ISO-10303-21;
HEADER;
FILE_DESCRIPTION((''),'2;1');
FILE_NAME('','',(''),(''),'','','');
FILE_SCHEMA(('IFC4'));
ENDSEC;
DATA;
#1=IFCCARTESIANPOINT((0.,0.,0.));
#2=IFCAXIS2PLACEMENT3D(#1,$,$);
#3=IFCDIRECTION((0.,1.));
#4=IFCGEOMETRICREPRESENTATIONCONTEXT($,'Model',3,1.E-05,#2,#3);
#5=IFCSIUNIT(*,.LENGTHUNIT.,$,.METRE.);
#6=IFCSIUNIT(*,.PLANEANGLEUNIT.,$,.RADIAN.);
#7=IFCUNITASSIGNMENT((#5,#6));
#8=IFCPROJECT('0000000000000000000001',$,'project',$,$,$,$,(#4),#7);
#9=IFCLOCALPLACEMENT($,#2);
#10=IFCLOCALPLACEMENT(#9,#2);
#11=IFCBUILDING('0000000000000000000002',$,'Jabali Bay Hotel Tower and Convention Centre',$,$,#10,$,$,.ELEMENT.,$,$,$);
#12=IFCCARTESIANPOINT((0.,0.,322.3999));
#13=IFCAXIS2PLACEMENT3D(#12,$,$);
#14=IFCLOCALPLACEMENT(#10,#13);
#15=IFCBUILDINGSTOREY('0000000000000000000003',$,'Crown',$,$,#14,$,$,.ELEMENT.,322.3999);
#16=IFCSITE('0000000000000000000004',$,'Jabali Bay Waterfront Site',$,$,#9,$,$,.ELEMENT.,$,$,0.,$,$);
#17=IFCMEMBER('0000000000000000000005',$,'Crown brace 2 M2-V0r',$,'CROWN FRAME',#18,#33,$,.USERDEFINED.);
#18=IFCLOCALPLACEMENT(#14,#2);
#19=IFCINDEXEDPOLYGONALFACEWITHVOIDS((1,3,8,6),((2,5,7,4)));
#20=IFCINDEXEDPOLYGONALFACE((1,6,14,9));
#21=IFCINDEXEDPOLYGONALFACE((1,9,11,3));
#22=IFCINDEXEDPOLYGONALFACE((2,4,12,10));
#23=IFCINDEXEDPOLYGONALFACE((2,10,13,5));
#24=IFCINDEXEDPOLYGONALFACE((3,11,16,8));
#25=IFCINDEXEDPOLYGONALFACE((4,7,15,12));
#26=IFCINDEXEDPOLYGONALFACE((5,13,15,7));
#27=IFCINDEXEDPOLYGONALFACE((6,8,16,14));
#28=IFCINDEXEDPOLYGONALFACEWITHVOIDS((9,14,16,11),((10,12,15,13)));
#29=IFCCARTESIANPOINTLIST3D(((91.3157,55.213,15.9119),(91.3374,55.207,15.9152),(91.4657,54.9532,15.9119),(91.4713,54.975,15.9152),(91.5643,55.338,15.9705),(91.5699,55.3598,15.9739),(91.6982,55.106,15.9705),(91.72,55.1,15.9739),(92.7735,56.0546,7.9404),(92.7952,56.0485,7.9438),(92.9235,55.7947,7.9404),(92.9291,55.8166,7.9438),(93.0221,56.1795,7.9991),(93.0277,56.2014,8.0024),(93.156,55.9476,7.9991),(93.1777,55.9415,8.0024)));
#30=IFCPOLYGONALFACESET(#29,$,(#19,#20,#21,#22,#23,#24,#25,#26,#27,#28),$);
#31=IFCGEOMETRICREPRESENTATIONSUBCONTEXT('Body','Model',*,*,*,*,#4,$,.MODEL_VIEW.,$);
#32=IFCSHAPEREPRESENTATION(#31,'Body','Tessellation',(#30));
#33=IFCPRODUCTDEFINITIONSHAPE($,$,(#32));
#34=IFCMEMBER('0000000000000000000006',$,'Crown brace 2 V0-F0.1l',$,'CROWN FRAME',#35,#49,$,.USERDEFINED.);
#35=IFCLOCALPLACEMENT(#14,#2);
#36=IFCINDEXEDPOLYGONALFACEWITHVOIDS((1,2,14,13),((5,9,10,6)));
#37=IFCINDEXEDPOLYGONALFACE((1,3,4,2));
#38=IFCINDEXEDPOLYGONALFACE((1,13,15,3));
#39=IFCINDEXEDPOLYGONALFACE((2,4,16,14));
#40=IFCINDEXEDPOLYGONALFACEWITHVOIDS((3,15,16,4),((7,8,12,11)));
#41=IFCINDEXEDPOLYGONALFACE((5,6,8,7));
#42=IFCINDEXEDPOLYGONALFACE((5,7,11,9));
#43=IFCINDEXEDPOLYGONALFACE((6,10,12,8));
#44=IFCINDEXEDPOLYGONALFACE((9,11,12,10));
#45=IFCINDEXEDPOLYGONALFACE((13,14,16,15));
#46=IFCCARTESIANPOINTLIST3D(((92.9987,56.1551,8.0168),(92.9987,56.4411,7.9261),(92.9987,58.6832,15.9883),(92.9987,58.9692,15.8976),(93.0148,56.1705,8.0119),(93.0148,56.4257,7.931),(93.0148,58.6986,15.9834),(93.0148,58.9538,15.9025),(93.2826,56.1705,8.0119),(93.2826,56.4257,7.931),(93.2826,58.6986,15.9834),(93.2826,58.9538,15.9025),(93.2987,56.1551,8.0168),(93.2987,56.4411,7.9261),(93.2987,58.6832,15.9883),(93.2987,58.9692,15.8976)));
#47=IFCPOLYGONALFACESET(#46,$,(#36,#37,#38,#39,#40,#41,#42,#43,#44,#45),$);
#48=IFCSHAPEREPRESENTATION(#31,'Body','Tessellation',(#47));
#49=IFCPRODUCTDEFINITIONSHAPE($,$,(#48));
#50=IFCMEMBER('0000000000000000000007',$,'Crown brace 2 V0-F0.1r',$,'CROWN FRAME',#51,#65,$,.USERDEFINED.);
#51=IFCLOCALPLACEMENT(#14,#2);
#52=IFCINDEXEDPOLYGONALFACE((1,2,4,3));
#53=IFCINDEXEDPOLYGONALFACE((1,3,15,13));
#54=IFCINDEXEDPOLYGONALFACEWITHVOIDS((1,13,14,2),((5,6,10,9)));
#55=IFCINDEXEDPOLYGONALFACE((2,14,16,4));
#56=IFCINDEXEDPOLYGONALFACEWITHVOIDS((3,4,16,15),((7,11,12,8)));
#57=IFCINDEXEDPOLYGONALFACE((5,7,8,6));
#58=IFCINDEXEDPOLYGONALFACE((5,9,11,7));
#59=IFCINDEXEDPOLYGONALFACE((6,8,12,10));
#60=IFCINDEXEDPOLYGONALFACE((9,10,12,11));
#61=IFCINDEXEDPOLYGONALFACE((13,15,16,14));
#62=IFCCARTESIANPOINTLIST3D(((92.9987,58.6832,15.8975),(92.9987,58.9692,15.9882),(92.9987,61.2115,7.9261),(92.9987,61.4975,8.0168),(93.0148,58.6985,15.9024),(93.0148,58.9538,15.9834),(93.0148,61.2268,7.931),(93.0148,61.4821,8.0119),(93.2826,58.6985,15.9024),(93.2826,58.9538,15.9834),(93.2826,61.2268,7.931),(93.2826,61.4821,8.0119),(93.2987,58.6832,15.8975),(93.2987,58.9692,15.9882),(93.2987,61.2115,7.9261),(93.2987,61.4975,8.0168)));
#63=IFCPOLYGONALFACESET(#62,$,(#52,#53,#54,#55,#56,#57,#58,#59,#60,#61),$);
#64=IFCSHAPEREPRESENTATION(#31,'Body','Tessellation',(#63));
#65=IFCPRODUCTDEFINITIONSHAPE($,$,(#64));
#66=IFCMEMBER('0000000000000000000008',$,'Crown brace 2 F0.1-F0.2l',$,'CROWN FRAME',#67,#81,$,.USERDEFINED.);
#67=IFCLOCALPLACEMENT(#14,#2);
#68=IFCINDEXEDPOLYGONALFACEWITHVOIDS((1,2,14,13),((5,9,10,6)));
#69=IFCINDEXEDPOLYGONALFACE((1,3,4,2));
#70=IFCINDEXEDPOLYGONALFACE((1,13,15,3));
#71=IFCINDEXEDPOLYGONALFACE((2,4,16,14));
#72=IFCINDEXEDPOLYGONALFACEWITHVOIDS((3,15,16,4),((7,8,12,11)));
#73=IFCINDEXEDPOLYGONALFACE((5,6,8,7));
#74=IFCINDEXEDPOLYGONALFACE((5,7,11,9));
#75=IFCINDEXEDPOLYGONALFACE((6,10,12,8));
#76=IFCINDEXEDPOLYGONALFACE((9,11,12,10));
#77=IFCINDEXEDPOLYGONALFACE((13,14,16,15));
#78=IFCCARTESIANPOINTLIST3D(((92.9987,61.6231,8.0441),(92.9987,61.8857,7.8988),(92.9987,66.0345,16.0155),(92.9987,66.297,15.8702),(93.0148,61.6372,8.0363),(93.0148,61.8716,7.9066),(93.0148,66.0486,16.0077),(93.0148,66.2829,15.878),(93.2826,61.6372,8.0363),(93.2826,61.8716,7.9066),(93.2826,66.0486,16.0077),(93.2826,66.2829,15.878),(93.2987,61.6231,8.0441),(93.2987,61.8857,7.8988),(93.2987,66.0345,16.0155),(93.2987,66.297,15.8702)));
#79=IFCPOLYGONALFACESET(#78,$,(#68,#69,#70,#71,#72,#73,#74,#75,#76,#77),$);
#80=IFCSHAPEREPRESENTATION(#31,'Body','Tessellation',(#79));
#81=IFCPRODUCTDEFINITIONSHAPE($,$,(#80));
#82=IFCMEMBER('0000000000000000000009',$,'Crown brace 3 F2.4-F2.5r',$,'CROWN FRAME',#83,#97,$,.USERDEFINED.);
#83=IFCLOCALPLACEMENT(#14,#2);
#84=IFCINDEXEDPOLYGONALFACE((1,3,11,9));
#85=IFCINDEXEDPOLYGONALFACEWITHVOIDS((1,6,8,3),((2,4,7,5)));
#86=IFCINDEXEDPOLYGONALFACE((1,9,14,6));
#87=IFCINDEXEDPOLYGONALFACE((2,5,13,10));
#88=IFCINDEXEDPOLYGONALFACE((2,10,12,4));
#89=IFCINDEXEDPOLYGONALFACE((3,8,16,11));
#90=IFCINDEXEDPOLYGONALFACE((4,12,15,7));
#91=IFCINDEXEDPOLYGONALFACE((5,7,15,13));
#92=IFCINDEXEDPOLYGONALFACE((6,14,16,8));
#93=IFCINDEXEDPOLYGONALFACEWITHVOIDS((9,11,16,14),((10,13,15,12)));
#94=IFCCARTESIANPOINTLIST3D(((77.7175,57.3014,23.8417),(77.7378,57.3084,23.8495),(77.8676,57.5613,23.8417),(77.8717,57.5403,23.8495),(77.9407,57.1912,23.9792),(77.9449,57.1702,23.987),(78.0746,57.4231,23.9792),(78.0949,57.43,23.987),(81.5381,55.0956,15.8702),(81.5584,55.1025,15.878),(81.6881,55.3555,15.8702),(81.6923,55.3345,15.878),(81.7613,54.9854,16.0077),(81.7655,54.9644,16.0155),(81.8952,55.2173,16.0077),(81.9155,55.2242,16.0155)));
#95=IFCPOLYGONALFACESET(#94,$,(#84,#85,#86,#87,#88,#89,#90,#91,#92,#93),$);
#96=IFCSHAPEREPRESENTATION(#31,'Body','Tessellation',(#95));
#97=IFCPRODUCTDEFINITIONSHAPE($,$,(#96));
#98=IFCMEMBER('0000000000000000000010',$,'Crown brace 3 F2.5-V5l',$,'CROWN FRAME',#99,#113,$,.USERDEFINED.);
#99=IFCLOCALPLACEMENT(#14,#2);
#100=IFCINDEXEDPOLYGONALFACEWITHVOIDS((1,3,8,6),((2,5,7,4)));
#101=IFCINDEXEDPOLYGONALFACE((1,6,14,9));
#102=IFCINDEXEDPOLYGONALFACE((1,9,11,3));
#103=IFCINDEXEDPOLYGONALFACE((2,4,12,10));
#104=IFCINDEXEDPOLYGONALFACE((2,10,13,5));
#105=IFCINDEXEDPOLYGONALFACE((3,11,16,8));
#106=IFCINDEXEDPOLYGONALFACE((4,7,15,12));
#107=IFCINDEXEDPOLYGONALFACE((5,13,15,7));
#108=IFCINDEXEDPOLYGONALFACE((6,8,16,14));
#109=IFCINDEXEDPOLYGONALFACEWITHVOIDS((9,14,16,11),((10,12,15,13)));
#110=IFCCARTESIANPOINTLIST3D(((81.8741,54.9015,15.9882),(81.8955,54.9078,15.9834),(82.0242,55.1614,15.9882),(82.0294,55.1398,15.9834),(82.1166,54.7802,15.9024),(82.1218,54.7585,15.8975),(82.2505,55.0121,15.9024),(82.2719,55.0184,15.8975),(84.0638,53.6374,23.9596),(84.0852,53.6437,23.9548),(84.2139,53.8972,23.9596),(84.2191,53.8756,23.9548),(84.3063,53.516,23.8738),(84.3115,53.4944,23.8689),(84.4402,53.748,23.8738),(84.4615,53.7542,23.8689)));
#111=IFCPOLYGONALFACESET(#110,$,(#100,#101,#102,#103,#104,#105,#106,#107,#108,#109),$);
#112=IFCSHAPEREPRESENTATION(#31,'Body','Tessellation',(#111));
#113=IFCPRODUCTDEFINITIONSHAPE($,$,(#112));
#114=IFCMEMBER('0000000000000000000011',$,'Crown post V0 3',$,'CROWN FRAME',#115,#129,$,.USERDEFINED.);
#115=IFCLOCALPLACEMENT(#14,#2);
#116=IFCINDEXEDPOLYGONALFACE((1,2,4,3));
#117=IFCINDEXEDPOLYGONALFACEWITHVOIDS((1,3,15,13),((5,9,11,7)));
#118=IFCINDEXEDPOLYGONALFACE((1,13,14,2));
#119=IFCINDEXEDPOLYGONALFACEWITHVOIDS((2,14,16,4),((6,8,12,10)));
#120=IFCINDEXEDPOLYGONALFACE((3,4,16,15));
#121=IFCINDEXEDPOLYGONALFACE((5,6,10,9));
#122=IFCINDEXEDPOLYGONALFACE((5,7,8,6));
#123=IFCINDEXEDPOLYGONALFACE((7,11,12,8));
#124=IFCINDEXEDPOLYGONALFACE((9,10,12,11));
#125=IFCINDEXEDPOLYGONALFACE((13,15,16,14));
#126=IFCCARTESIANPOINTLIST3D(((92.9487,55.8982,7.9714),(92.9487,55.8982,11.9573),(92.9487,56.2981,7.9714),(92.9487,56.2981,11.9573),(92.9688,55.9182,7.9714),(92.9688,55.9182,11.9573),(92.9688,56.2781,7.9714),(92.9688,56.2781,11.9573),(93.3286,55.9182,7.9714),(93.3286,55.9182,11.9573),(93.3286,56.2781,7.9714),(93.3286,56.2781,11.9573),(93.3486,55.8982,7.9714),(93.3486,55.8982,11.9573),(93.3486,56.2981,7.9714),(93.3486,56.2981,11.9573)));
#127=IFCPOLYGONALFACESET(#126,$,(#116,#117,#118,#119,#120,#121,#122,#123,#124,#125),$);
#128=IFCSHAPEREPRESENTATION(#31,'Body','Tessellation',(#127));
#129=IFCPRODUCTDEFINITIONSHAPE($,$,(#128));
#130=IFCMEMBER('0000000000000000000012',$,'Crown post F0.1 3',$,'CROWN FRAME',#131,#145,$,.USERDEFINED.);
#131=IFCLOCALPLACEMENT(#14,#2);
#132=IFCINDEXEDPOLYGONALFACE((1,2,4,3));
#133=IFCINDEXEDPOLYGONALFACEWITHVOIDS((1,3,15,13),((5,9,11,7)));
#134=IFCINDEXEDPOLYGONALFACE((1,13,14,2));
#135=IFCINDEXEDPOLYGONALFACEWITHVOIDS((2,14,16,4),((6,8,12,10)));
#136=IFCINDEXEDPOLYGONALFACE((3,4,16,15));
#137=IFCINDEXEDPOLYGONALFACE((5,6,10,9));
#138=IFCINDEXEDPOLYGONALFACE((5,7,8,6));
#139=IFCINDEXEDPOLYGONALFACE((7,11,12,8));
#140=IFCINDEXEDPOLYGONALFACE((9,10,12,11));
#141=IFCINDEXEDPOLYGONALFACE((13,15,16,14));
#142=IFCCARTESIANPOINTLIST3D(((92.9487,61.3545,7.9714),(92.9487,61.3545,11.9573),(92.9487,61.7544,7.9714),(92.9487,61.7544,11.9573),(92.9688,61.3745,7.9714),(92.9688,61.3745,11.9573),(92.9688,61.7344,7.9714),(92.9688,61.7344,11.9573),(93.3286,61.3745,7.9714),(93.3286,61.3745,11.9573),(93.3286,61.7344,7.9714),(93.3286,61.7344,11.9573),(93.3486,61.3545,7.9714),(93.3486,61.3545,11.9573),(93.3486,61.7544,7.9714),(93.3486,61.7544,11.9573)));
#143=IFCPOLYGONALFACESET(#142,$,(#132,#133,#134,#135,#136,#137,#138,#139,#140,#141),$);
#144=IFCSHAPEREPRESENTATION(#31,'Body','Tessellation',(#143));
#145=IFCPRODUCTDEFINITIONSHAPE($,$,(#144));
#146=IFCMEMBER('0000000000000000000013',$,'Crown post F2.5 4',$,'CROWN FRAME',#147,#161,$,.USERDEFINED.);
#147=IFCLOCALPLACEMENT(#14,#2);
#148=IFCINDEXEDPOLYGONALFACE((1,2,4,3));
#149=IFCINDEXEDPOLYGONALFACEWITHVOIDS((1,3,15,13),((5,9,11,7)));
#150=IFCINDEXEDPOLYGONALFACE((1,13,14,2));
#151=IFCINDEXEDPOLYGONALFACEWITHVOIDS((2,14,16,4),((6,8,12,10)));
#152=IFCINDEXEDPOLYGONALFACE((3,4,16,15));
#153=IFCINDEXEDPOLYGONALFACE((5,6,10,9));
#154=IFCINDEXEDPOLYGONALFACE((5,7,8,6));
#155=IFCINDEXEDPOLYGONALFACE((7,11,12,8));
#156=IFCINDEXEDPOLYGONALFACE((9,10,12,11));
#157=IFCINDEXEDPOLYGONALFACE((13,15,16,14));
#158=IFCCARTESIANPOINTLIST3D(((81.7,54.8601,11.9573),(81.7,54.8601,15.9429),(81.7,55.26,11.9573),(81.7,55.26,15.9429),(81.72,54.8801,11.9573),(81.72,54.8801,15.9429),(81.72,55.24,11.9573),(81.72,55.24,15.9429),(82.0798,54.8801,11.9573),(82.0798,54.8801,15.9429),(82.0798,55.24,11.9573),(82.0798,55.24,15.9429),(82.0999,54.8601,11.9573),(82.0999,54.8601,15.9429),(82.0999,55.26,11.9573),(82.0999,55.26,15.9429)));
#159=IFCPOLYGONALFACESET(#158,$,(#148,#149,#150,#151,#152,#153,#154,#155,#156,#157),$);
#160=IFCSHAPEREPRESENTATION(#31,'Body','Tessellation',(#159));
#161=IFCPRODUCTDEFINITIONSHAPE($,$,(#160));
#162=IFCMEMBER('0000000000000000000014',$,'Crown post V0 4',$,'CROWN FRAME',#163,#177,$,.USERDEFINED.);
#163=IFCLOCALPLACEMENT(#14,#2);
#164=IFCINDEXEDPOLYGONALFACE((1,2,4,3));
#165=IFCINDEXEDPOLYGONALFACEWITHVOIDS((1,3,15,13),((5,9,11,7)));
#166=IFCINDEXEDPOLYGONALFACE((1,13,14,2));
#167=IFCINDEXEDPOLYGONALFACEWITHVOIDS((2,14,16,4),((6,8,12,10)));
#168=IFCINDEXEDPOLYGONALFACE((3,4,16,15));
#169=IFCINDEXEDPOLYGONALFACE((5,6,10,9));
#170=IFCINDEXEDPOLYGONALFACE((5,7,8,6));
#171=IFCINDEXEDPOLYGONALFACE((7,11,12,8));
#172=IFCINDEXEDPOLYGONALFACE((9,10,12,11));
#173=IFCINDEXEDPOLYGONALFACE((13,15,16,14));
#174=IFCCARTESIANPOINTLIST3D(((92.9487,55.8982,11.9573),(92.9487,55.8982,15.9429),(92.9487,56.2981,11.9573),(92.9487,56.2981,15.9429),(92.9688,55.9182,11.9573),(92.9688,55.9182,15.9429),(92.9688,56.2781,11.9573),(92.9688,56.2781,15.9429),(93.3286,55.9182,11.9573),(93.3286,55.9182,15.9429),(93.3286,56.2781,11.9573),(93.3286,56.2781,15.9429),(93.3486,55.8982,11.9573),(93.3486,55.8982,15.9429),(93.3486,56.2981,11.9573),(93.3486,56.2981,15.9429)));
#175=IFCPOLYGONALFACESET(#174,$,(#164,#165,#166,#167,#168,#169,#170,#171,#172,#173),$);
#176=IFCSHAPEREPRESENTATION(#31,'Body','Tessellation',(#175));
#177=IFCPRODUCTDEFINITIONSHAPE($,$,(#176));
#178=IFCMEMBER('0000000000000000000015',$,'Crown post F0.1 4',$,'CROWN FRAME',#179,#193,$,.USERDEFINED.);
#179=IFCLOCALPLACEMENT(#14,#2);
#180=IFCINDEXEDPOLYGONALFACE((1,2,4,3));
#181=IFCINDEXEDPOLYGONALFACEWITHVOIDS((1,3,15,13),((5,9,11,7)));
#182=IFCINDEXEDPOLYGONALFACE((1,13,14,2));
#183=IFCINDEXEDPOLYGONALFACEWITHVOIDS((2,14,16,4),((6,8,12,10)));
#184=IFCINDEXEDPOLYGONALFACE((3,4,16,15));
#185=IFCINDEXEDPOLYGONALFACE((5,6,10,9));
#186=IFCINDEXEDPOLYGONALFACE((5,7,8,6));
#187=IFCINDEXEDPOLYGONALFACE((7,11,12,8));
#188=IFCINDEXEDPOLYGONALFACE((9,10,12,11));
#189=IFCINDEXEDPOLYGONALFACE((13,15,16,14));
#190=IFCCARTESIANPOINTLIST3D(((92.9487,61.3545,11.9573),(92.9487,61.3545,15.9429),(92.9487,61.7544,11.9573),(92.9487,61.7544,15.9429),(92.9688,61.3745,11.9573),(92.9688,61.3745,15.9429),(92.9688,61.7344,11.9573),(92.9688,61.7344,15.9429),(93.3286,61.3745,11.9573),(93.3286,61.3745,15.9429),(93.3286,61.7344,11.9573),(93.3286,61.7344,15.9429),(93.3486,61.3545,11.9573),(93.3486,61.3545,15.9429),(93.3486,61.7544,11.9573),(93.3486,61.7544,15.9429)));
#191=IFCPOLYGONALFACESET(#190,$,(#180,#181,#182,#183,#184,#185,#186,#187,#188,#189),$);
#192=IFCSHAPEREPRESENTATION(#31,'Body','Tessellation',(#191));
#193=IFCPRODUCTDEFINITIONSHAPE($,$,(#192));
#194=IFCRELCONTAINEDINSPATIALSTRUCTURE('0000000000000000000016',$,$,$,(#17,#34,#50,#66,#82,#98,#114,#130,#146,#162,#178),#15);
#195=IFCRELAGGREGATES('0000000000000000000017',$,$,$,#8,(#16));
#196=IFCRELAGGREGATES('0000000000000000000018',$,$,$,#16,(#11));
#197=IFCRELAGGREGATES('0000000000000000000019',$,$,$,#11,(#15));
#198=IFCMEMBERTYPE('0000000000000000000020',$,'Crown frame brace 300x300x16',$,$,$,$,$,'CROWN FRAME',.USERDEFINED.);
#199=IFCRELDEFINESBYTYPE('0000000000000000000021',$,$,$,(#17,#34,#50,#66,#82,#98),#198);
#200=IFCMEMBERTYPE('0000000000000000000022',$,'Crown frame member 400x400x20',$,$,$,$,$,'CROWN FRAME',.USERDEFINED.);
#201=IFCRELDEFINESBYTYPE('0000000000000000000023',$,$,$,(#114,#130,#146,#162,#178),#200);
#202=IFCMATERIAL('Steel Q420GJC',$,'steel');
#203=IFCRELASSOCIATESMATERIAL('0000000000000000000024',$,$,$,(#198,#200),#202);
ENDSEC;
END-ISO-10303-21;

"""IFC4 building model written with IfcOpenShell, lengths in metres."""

from ifc_helpers import new_model, si_unit, direction, frame, origin, origin_2d, place, context, subcontext, project, spatial, hollow_rectangle, extrude, material, material_profile, profile_set, type_object, element, save


model = new_model("IFC4")

# Units and contexts
model_context = context("Model", 3, precision=1e-05, world=origin(), true_north=direction((0.0, 1.0)))
body_context = subcontext(model_context, "Body", "Model", "MODEL_VIEW")
ifc_project = project(units=[si_unit("LENGTHUNIT", "METRE"), si_unit("PLANEANGLEUNIT", "RADIAN")], contexts=[model_context])

# Site, building, storey
site_placement = place(None, origin())
site = spatial("IfcSite", under=ifc_project, at=site_placement, Name="Jabali Bay Waterfront Site", CompositionType="ELEMENT", RefElevation=0.0)
building_placement = place(site_placement, origin())
building = spatial("IfcBuilding", under=site, at=building_placement, Name="Jabali Bay Hotel Tower and Convention Centre", CompositionType="ELEMENT")
storey_placement = place(building_placement, frame((0.0, 0.0, 322.3999)))
storey = spatial("IfcBuildingStorey", under=building, at=storey_placement, Name="Crown", CompositionType="ELEMENT", Elevation=322.3999)

# Members
ifc_material_1 = material(Name="Steel Q420GJC", Category="steel")
ifc_material_profile_1 = material_profile(ifc_material_1, hollow_rectangle(XDim=0.3, YDim=0.3, WallThickness=0.0161, at=origin_2d()), Name="Crown frame brace 300x300x16")
ifc_profile_set_1 = profile_set([ifc_material_profile_1], Name="Steel Q420GJC")
member_type_1 = type_object("IfcMemberType", Name="Crown frame brace 300x300x16", ElementType="CROWN FRAME", PredefinedType="USERDEFINED", material=ifc_profile_set_1)
member_1_placement = place(storey_placement, frame((92.9756, 55.998, 7.9714), z_axis=(-0.178928, -0.103293, 0.978425), x_axis=(0.499961, -0.866048, 0.0)))
element("IfcMember", 1, at=member_1_placement, inside=storey, type_object=member_type_1, Name="Crown brace 2 M2-V0r", ObjectType="CROWN FRAME", PredefinedType="USERDEFINED", context=body_context, shape_type="SweptSolid", body=[
    extrude(hollow_rectangle(XDim=0.3, YDim=0.3, WallThickness=0.0161, at=origin_2d()), origin(), (0.0, 0.0, 1.0), 8.1472),
])
for number, where, z_axis, x_axis, name in (
    (2, (93.1487, 56.2981, 7.9714), (0.0, 0.302303, 0.953212), (-1.0, 0.0, 0.0), "Crown brace 2 V0-F0.1l"),
    (3, (93.1487, 61.3545, 7.9714), (0.0, -0.30233, 0.953203), (1.0, 0.0, 0.0), "Crown brace 2 V0-F0.1r"),
):
    element("IfcMember", number, at=place(storey_placement, frame(where, z_axis=z_axis, x_axis=x_axis)), inside=storey, type_object=member_type_1, Name=name, ObjectType="CROWN FRAME", PredefinedType="USERDEFINED", context=body_context, shape_type="SweptSolid", body=[
        extrude(hollow_rectangle(XDim=0.3, YDim=0.3, WallThickness=0.0161, at=origin_2d()), origin(), (0.0, 0.0, 1.0), 8.3628),
    ])
member_2_placement = place(storey_placement, frame((93.1487, 61.7544, 7.9714), z_axis=(0.0, 0.4842, 0.874957), x_axis=(-1.0, 0.0, 0.0)))
element("IfcMember", 4, at=member_2_placement, inside=storey, type_object=member_type_1, Name="Crown brace 2 F0.1-F0.2l", ObjectType="CROWN FRAME", PredefinedType="USERDEFINED", context=body_context, shape_type="SweptSolid", body=[
    extrude(hollow_rectangle(XDim=0.3, YDim=0.3, WallThickness=0.0161, at=origin_2d()), origin(), (0.0, 0.0, 1.0), 9.1106),
])
member_3_placement = place(storey_placement, frame((81.7268, 55.1599, 15.9429), z_axis=(-0.419345, 0.24211, 0.874947), x_axis=(-0.500002, -0.866024, 0.0)))
element("IfcMember", 5, at=member_3_placement, inside=storey, type_object=member_type_1, Name="Crown brace 3 F2.4-F2.5r", ObjectType="CROWN FRAME", PredefinedType="USERDEFINED", context=body_context, shape_type="SweptSolid", body=[
    extrude(hollow_rectangle(XDim=0.3, YDim=0.3, WallThickness=0.0161, at=origin_2d()), origin(), (0.0, 0.0, 1.0), 9.1108),
])
member_4_placement = place(storey_placement, frame((82.073, 54.96, 15.9429), z_axis=(0.261837, -0.151164, 0.9532), x_axis=(0.499982, 0.866036, 0.0)))
element("IfcMember", 6, at=member_4_placement, inside=storey, type_object=member_type_1, Name="Crown brace 3 F2.5-V5l", ObjectType="CROWN FRAME", PredefinedType="USERDEFINED", context=body_context, shape_type="SweptSolid", body=[
    extrude(hollow_rectangle(XDim=0.3, YDim=0.3, WallThickness=0.0161, at=origin_2d()), origin(), (0.0, 0.0, 1.0), 8.3628),
])
ifc_material_profile_2 = material_profile(ifc_material_1, hollow_rectangle(XDim=0.3999, YDim=0.3999, WallThickness=0.02, at=origin_2d()), Name="Crown frame member 400x400x20")
ifc_profile_set_2 = profile_set([ifc_material_profile_2], Name="Steel Q420GJC")
member_type_2 = type_object("IfcMemberType", Name="Crown frame member 400x400x20", ElementType="CROWN FRAME", PredefinedType="USERDEFINED", material=ifc_profile_set_2)
for number, where, z_axis, x_axis, name in (
    (7, (93.1487, 56.0981, 7.9714), (0.0, 0.0, 1.0), (1.0, 0.0, 0.0), "Crown post V0 3"),
    (8, (93.1487, 61.5544, 7.9714), (0.0, 0.0, 1.0), (1.0, 0.0, 0.0), "Crown post F0.1 3"),
):
    element("IfcMember", number, at=place(storey_placement, frame(where, z_axis=z_axis, x_axis=x_axis)), inside=storey, type_object=member_type_2, Name=name, ObjectType="CROWN FRAME", PredefinedType="USERDEFINED", context=body_context, shape_type="SweptSolid", body=[
        extrude(hollow_rectangle(XDim=0.3999, YDim=0.3999, WallThickness=0.02, at=origin_2d()), origin(), (0.0, 0.0, 1.0), 3.9858),
    ])
for number, where, z_axis, x_axis, name in (
    (9, (81.8999, 55.0601, 11.9573), (0.0, 0.0, 1.0), (1.0, 0.0, 0.0), "Crown post F2.5 4"),
    (10, (93.1487, 56.0981, 11.9573), (0.0, 0.0, 1.0), (1.0, 0.0, 0.0), "Crown post V0 4"),
    (11, (93.1487, 61.5544, 11.9573), (0.0, 0.0, 1.0), (1.0, 0.0, 0.0), "Crown post F0.1 4"),
):
    element("IfcMember", number, at=place(storey_placement, frame(where, z_axis=z_axis, x_axis=x_axis)), inside=storey, type_object=member_type_2, Name=name, ObjectType="CROWN FRAME", PredefinedType="USERDEFINED", context=body_context, shape_type="SweptSolid", body=[
        extrude(hollow_rectangle(XDim=0.3999, YDim=0.3999, WallThickness=0.02, at=origin_2d()), origin(), (0.0, 0.0, 1.0), 3.9856),
    ])

save(model, "model.ifc")
